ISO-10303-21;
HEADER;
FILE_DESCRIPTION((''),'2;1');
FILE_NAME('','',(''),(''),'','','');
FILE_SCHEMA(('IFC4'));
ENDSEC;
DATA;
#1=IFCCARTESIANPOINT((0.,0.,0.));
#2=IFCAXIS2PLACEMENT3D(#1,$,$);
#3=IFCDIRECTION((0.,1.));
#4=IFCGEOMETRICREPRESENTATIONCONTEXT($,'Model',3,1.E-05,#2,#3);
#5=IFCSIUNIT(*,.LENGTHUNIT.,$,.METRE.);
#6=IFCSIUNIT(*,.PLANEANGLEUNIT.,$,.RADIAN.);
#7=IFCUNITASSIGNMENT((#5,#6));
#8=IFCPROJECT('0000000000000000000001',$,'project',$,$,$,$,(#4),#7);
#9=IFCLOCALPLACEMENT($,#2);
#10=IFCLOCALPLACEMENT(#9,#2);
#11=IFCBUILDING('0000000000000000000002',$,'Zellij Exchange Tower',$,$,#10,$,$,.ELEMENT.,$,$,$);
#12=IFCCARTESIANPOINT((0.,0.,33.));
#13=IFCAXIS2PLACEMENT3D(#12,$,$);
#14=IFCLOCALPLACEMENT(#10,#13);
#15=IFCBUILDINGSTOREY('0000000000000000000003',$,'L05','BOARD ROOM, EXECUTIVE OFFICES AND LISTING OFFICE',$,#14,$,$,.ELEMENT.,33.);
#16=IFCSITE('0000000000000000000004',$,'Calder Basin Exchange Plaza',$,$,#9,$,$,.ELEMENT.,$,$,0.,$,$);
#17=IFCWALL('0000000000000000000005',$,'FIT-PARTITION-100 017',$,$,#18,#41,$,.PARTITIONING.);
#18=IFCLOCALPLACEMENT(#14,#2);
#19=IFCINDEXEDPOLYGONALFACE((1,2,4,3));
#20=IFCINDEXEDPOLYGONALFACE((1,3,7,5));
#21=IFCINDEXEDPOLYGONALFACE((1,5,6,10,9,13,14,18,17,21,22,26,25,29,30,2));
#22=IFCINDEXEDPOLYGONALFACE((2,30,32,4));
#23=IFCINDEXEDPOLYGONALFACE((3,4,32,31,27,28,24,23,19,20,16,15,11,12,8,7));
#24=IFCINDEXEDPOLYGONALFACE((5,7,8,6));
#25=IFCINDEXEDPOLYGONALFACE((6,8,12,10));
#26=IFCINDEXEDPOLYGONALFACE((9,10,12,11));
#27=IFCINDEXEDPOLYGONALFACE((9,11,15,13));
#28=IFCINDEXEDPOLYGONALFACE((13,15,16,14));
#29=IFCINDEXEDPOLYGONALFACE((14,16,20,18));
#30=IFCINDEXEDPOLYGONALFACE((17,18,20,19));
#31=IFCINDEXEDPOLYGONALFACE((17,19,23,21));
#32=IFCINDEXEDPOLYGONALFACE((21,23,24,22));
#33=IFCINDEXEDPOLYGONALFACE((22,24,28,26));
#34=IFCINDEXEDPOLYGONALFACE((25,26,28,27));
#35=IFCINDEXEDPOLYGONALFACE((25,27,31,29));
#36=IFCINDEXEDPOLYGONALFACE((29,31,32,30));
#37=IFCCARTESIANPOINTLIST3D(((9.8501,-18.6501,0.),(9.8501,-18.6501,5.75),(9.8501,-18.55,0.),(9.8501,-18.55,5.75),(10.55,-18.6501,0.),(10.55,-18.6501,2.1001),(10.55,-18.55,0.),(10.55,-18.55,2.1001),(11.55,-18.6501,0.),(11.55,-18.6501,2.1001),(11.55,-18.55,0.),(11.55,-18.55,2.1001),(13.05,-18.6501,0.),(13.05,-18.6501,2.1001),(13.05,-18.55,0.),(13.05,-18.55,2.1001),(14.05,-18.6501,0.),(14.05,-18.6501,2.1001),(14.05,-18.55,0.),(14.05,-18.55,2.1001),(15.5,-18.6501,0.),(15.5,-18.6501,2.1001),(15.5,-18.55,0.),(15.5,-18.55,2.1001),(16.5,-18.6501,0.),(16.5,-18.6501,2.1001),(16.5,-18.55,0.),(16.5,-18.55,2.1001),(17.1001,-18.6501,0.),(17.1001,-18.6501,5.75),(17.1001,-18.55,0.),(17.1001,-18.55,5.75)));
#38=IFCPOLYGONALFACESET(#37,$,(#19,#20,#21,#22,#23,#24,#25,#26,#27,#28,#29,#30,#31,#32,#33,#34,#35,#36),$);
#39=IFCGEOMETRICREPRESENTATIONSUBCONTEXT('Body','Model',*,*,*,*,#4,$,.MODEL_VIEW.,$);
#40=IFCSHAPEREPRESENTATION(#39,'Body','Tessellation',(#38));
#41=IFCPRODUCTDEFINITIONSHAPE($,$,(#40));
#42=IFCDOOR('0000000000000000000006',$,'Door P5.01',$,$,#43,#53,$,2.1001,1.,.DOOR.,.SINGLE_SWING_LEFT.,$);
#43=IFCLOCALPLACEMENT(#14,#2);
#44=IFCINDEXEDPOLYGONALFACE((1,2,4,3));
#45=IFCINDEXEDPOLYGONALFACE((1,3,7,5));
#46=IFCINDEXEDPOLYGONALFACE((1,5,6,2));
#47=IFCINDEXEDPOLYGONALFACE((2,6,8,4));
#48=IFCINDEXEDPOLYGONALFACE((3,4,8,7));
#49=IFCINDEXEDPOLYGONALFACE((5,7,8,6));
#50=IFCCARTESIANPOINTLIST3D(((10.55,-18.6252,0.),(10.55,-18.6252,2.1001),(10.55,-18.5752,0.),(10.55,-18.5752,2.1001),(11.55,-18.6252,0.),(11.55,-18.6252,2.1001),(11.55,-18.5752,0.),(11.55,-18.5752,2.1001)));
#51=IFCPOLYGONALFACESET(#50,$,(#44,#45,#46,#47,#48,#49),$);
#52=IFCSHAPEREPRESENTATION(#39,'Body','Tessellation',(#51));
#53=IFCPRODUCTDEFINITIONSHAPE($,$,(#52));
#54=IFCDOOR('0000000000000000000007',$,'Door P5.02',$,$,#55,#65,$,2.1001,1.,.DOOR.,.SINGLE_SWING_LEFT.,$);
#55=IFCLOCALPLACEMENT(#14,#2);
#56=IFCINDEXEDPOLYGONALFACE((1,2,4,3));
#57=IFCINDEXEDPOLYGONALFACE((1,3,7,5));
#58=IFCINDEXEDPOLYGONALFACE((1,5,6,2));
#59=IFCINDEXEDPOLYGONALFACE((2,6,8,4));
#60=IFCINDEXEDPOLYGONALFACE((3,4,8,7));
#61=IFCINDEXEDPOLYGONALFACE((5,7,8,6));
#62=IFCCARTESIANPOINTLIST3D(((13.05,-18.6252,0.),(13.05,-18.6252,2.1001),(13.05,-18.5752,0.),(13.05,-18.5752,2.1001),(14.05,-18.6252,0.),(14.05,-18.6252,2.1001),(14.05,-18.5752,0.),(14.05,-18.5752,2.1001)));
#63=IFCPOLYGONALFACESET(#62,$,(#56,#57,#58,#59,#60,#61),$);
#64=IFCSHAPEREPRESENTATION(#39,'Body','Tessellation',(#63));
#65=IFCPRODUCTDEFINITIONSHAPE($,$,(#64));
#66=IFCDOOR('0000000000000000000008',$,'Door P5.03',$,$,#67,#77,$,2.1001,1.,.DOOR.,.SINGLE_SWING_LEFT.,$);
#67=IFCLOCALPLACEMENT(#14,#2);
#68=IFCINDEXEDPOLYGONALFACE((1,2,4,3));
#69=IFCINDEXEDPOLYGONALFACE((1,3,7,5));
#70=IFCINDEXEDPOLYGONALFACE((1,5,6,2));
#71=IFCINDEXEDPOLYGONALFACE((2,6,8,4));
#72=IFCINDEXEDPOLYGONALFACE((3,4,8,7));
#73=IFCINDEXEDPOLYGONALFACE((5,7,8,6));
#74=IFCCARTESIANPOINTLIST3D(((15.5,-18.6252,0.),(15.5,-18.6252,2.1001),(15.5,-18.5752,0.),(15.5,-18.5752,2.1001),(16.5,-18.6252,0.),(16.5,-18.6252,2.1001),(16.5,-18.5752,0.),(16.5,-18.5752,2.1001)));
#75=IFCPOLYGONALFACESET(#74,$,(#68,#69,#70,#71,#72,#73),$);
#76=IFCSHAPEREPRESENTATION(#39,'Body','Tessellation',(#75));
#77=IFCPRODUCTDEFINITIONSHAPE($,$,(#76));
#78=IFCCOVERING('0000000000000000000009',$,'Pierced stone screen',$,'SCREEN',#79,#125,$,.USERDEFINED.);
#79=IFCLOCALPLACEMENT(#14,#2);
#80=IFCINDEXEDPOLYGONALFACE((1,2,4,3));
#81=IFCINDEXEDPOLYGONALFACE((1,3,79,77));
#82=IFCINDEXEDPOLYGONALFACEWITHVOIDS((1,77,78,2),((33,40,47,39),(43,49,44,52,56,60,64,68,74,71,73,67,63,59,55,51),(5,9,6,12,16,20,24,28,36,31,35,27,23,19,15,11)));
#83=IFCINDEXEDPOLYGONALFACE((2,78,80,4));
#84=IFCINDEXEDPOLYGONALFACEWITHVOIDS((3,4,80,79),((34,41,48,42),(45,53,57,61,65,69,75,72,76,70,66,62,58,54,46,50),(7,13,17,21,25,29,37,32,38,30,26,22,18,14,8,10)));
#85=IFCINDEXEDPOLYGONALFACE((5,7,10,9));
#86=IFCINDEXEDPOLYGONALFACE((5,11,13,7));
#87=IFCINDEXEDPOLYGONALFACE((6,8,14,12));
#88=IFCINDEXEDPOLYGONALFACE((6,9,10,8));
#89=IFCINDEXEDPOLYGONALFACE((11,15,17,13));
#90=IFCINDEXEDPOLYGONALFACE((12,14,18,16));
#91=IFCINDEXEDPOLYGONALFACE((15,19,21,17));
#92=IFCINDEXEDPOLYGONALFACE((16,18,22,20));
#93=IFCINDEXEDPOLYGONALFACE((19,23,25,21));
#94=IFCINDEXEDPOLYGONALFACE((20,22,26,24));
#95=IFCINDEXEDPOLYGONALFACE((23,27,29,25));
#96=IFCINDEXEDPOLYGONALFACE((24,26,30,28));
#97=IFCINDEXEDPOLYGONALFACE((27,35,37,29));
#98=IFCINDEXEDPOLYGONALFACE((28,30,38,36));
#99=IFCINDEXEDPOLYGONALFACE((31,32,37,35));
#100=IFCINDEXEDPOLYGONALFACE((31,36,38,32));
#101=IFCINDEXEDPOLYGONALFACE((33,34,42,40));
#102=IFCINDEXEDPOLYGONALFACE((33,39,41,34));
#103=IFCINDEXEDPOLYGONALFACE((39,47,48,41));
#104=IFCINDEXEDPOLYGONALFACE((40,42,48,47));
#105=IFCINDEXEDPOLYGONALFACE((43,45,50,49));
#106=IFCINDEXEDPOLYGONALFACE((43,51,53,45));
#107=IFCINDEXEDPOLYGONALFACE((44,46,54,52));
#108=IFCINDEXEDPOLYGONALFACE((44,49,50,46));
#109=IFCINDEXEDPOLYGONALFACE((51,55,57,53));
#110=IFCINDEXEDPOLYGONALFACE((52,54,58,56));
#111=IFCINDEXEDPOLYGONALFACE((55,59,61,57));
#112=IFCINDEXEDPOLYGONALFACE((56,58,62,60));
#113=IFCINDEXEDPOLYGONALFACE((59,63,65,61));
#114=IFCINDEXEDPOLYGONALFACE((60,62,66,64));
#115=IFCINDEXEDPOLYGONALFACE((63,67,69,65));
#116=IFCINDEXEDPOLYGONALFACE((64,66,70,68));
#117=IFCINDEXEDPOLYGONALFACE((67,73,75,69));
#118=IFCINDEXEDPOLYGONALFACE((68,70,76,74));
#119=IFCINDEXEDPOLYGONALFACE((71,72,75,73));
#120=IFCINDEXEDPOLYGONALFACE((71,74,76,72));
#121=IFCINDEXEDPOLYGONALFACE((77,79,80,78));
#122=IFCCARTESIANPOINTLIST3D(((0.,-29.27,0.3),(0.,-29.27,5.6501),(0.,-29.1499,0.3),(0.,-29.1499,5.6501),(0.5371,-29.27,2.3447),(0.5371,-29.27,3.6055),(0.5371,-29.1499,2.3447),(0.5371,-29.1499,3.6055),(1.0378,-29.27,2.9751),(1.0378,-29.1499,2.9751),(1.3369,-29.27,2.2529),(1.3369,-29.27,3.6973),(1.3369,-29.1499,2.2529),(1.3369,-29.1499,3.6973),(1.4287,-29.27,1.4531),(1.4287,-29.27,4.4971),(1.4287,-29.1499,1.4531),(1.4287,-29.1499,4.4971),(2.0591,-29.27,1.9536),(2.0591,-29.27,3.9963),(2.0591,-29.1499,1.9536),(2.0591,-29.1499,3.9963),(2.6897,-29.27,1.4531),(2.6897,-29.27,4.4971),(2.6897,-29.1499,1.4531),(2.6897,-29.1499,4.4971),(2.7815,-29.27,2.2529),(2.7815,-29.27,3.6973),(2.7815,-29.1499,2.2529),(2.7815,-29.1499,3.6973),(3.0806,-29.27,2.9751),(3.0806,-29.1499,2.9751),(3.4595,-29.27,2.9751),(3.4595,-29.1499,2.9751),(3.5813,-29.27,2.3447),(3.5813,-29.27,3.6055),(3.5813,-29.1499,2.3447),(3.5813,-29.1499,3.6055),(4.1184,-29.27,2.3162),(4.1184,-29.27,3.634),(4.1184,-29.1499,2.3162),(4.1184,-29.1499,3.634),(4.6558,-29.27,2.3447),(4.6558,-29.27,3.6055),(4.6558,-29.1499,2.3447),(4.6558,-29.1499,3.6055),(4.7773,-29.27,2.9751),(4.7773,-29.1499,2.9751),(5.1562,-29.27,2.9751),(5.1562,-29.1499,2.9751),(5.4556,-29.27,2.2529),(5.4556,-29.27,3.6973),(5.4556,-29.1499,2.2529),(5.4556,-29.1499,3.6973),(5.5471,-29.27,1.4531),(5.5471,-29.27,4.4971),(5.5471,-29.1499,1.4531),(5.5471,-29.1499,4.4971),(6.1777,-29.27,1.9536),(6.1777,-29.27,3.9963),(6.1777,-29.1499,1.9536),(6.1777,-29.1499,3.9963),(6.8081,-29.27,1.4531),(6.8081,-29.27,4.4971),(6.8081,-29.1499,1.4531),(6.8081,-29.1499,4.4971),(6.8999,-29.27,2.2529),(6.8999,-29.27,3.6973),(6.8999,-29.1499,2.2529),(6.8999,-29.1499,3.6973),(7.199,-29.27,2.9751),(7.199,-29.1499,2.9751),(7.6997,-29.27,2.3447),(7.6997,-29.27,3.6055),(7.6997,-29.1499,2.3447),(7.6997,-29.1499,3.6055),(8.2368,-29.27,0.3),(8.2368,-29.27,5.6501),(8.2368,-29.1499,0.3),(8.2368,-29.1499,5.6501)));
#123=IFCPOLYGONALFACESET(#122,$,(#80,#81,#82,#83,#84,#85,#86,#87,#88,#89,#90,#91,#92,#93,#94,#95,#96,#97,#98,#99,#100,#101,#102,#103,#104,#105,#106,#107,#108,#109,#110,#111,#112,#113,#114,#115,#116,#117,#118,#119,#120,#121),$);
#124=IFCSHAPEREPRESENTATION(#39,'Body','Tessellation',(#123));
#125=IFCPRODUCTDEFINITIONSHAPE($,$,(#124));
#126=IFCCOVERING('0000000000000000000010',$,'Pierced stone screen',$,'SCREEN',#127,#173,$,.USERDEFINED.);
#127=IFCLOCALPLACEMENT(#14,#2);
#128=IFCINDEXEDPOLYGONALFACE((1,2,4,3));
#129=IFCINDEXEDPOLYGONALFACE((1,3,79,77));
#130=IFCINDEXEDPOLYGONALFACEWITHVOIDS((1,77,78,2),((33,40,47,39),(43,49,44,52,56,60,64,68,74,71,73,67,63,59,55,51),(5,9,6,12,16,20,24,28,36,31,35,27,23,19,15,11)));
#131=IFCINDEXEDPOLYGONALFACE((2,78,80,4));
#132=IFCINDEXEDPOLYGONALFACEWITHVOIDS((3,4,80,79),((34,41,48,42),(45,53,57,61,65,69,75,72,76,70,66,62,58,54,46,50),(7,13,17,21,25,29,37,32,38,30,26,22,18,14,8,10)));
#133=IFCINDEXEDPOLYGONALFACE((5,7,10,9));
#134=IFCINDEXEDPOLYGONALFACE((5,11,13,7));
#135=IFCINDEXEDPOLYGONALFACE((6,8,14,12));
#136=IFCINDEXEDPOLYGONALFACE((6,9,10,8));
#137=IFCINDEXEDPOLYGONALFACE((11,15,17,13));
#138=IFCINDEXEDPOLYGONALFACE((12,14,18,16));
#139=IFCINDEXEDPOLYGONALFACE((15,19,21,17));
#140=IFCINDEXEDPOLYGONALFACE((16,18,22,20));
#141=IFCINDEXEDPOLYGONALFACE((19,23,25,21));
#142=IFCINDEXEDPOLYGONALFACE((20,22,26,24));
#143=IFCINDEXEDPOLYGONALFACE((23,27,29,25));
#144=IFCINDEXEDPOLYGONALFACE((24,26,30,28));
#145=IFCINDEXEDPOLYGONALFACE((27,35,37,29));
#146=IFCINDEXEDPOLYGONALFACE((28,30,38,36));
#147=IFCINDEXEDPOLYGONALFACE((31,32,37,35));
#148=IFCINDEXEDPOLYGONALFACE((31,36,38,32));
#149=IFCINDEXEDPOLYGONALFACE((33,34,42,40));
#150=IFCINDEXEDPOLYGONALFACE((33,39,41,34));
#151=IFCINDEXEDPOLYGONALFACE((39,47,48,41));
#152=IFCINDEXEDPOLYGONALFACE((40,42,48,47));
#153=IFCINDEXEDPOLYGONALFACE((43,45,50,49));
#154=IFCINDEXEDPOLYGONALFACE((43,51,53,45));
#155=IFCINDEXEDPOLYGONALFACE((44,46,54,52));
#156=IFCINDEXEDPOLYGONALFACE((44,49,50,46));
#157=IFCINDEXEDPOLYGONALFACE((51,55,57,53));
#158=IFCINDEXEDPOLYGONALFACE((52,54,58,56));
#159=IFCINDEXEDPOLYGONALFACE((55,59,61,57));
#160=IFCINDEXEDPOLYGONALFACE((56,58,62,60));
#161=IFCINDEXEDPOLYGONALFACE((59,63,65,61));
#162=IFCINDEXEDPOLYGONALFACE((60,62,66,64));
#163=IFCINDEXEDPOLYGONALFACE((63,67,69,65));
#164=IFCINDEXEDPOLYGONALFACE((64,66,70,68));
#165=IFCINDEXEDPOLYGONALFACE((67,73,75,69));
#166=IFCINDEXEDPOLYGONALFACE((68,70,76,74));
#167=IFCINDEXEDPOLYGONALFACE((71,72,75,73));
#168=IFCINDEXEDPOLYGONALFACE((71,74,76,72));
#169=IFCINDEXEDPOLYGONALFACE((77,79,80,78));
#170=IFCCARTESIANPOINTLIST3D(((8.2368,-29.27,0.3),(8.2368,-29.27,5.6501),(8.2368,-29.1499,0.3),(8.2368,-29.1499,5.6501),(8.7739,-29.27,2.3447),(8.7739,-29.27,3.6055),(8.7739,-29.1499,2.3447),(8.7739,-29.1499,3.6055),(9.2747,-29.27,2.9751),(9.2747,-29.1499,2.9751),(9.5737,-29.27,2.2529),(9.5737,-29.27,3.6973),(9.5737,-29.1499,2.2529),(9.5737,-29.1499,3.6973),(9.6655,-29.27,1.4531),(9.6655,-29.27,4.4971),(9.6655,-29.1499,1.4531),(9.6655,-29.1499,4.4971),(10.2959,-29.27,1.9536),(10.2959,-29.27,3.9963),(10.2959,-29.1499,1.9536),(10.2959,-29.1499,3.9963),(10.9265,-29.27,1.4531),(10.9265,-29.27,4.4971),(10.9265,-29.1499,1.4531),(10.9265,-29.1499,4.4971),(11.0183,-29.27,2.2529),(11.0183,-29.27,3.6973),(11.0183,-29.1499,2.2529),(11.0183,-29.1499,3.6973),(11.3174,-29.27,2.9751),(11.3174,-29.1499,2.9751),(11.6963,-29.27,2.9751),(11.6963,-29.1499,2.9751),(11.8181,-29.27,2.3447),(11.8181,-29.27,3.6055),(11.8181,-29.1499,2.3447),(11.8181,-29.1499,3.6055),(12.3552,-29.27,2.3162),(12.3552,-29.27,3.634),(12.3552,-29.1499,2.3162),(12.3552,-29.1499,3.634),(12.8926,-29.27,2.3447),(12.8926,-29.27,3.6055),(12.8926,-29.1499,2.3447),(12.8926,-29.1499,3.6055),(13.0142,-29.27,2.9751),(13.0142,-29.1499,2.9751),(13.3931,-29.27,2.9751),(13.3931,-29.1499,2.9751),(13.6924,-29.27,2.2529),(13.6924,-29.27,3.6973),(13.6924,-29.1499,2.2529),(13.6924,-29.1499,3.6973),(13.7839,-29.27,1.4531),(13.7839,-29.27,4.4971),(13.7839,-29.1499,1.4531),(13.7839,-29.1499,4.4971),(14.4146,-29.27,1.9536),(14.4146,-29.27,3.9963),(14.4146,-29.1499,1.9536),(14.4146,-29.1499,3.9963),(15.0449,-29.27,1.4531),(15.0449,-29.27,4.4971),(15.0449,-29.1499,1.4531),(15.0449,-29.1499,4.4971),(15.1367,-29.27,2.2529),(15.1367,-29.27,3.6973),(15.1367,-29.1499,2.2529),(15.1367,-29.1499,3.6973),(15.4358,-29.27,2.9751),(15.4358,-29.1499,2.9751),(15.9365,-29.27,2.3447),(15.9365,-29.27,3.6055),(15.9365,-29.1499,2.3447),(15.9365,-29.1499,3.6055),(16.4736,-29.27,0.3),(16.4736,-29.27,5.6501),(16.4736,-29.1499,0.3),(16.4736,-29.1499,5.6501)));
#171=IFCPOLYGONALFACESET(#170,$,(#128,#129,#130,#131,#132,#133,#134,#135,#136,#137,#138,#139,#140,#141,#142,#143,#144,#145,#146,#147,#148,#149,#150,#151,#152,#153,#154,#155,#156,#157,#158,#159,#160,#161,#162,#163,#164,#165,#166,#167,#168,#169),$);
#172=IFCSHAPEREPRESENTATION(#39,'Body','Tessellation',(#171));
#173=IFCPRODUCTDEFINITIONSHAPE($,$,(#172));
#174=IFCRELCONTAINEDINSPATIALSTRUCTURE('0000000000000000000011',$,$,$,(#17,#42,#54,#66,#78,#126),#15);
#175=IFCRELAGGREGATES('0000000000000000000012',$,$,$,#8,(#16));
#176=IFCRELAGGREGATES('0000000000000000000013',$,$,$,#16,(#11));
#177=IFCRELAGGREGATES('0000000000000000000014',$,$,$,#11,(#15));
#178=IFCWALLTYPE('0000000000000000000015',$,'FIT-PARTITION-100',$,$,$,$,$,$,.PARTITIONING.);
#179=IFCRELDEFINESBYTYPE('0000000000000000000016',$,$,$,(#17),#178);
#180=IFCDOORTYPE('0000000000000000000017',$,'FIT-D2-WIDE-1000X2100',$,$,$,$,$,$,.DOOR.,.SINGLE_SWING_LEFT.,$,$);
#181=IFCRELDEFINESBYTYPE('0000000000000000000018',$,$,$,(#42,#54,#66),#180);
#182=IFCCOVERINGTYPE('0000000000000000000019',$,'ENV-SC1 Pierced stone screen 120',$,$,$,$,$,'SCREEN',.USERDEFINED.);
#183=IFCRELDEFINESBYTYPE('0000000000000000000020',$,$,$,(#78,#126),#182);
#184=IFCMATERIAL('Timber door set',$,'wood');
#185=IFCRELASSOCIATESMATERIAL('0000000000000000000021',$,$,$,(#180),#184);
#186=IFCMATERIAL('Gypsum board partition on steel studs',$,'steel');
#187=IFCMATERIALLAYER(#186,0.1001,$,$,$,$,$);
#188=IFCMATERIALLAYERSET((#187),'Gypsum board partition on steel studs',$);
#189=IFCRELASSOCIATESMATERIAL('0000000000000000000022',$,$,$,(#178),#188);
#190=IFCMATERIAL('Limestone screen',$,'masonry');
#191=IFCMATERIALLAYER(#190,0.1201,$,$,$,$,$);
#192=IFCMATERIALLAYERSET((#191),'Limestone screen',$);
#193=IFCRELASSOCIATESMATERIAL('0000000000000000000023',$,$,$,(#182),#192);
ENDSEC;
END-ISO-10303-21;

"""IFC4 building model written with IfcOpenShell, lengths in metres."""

from ifc_helpers import new_model, si_unit, direction, frame, frame_2d, origin, place, context, subcontext, project, spatial, polyline, rectangle, outline, extrude, material, layer, layer_set, type_object, element, fill, save


model = new_model("IFC4")

# Units and contexts
model_context = context("Model", 3, precision=1e-05, world=origin(), true_north=direction((0.0, 1.0)))
body_context = subcontext(model_context, "Body", "Model", "MODEL_VIEW")
ifc_project = project(units=[si_unit("LENGTHUNIT", "METRE"), si_unit("PLANEANGLEUNIT", "RADIAN")], contexts=[model_context])

# Site, building, storey
site_placement = place(None, origin())
site = spatial("IfcSite", under=ifc_project, at=site_placement, Name="Calder Basin Exchange Plaza", CompositionType="ELEMENT", RefElevation=0.0)
building_placement = place(site_placement, origin())
building = spatial("IfcBuilding", under=site, at=building_placement, Name="Zellij Exchange Tower", CompositionType="ELEMENT")
storey_placement = place(building_placement, frame((0.0, 0.0, 33.0)))
storey = spatial("IfcBuildingStorey", under=building, at=storey_placement, Name="L05", Description="BOARD ROOM, EXECUTIVE OFFICES AND LISTING OFFICE", CompositionType="ELEMENT", Elevation=33.0)

# Shared definitions
ifc_material_1 = material(Name="Timber door set", Category="wood")
door_type_1 = type_object("IfcDoorType", Name="FIT-D2-WIDE-1000X2100", OperationType="SINGLE_SWING_LEFT", PredefinedType="DOOR", material=ifc_material_1)

# Shared definitions
ifc_material_2 = material(Name="Gypsum board partition on steel studs", Category="steel")
ifc_layer_1 = layer(ifc_material_2, 0.1001)
ifc_layer_set_1 = layer_set([ifc_layer_1], Name="Gypsum board partition on steel studs")
wall_type_1 = type_object("IfcWallType", Name="FIT-PARTITION-100", PredefinedType="PARTITIONING", material=ifc_layer_set_1)

# Wall, openings, doors
wall_1_placement = place(storey_placement, frame((9.8501, -18.6001, 0.0), z_axis=(0.0, 0.0, 1.0), x_axis=(1.0, 0.0, 0.0)))
wall_1 = element("IfcWall", 1, at=wall_1_placement, inside=storey, type_object=wall_type_1, Name="FIT-PARTITION-100 017", PredefinedType="PARTITIONING", context=body_context, shape_type="SweptSolid", body=[
    extrude(rectangle(XDim=7.25, YDim=0.1001, at=frame_2d((3.625, 0.0))), origin(), (0.0, 0.0, 1.0), 5.75),
])
opening_1_placement = place(wall_1_placement, frame((0.7, 0.0, 0.0)))
opening_1 = element("IfcOpeningElement", 2, at=opening_1_placement, cuts=wall_1, PredefinedType="OPENING", context=body_context, shape_type="SweptSolid", body=[
    extrude(rectangle(XDim=1.0, YDim=2.1001, at=frame_2d((0.5, 1.05))), frame((0.0, 0.062, 0.0), z_axis=(0.0, -1.0, 0.0), x_axis=(1.0, 0.0, 0.0)), (0.0, 0.0, 1.0), 0.124),
])
opening_2_placement = place(wall_1_placement, frame((3.2, 0.0, 0.0)))
opening_2 = element("IfcOpeningElement", 3, at=opening_2_placement, cuts=wall_1, PredefinedType="OPENING", context=body_context, shape_type="SweptSolid", body=[
    extrude(rectangle(XDim=1.0, YDim=2.1001, at=frame_2d((0.5, 1.05))), frame((0.0, 0.062, 0.0), z_axis=(0.0, -1.0, 0.0), x_axis=(1.0, 0.0, 0.0)), (0.0, 0.0, 1.0), 0.124),
])
opening_3_placement = place(wall_1_placement, frame((5.6499, 0.0, 0.0)))
opening_3 = element("IfcOpeningElement", 4, at=opening_3_placement, cuts=wall_1, PredefinedType="OPENING", context=body_context, shape_type="SweptSolid", body=[
    extrude(rectangle(XDim=1.0, YDim=2.1001, at=frame_2d((0.5, 1.05))), frame((0.0, 0.062, 0.0), z_axis=(0.0, -1.0, 0.0), x_axis=(1.0, 0.0, 0.0)), (0.0, 0.0, 1.0), 0.124),
])
door_1_placement = place(opening_1_placement, origin())
door_1 = element("IfcDoor", 5, at=door_1_placement, inside=storey, type_object=door_type_1, Name="Door P5.01", OperationType="SINGLE_SWING_LEFT", OverallHeight=2.1001, OverallWidth=1.0, PredefinedType="DOOR", context=body_context, shape_type="SweptSolid", body=[
    extrude(rectangle(XDim=1.0, YDim=2.1001, at=frame_2d((0.5, 1.05))), frame((0.0, 0.0249, 0.0), z_axis=(0.0, -1.0, 0.0), x_axis=(1.0, 0.0, 0.0)), (0.0, 0.0, 1.0), 0.05),
])
fill(opening_1, door_1)
door_2_placement = place(opening_2_placement, origin())
door_2 = element("IfcDoor", 6, at=door_2_placement, inside=storey, type_object=door_type_1, Name="Door P5.02", OperationType="SINGLE_SWING_LEFT", OverallHeight=2.1001, OverallWidth=1.0, PredefinedType="DOOR", context=body_context, shape_type="SweptSolid", body=[
    extrude(rectangle(XDim=1.0, YDim=2.1001, at=frame_2d((0.5, 1.05))), frame((0.0, 0.0249, 0.0), z_axis=(0.0, -1.0, 0.0), x_axis=(1.0, 0.0, 0.0)), (0.0, 0.0, 1.0), 0.05),
])
fill(opening_2, door_2)
door_3_placement = place(opening_3_placement, origin())
door_3 = element("IfcDoor", 7, at=door_3_placement, inside=storey, type_object=door_type_1, Name="Door P5.03", OperationType="SINGLE_SWING_LEFT", OverallHeight=2.1001, OverallWidth=1.0, PredefinedType="DOOR", context=body_context, shape_type="SweptSolid", body=[
    extrude(rectangle(XDim=1.0, YDim=2.1001, at=frame_2d((0.5, 1.05))), frame((0.0, 0.0249, 0.0), z_axis=(0.0, -1.0, 0.0), x_axis=(1.0, 0.0, 0.0)), (0.0, 0.0, 1.0), 0.05),
])
fill(opening_3, door_3)

# Coverings
ifc_material_3 = material(Name="Limestone screen", Category="masonry")
ifc_layer_2 = layer(ifc_material_3, 0.1201)
ifc_layer_set_2 = layer_set([ifc_layer_2], Name="Limestone screen")
covering_type = type_object("IfcCoveringType", Name="ENV-SC1 Pierced stone screen 120", ElementType="SCREEN", PredefinedType="USERDEFINED", material=ifc_layer_set_2)
for number, where, z_axis, x_axis, name in (
    (8, (0.0, -29.21, 0.3), (0.0, 0.0, 1.0), (1.0, 0.0, 0.0), "Pierced stone screen"),
    (9, (8.2368, -29.21, 0.3), (0.0, 0.0, 1.0), (1.0, 0.0, 0.0), "Pierced stone screen"),
):
    element("IfcCovering", number, at=place(storey_placement, frame(where, z_axis=z_axis, x_axis=x_axis)), inside=storey, type_object=covering_type, Name=name, ObjectType="SCREEN", PredefinedType="USERDEFINED", context=body_context, shape_type="SweptSolid", body=[
        extrude(outline(polyline([(0.0, 0.0), (8.2368, 0.0), (8.2368, 5.3501), (0.0, 5.3501), (0.0, 0.0)]), holes=[polyline([(3.5813, 3.3054), (2.7815, 3.3972), (2.6897, 4.197), (2.0591, 3.6963), (1.4287, 4.197), (1.3369, 3.3972), (0.5371, 3.3054), (1.0378, 2.675), (0.5371, 2.0447), (1.3369, 1.9529), (1.4287, 1.1531), (2.0591, 1.6536), (2.6897, 1.1531), (2.7815, 1.9529), (3.5813, 2.0447), (3.0806, 2.675), (3.5813, 3.3054)]), polyline([(7.6997, 3.3054), (6.8999, 3.3972), (6.8081, 4.197), (6.1777, 3.6963), (5.5471, 4.197), (5.4556, 3.3972), (4.6558, 3.3054), (5.1562, 2.675), (4.6558, 2.0447), (5.4556, 1.9529), (5.5471, 1.1531), (6.1777, 1.6536), (6.8081, 1.1531), (6.8999, 1.9529), (7.6997, 2.0447), (7.199, 2.675), (7.6997, 3.3054)]), polyline([(4.7773, 2.675), (4.1184, 3.334), (3.4595, 2.675), (4.1184, 2.0161), (4.7773, 2.675)])]), frame((0.0, 0.0601, 0.0), z_axis=(0.0, -1.0, 0.0), x_axis=(1.0, 0.0, 0.0)), (0.0, 0.0, 1.0), 0.1201),
    ])

save(model, "model.ifc")
